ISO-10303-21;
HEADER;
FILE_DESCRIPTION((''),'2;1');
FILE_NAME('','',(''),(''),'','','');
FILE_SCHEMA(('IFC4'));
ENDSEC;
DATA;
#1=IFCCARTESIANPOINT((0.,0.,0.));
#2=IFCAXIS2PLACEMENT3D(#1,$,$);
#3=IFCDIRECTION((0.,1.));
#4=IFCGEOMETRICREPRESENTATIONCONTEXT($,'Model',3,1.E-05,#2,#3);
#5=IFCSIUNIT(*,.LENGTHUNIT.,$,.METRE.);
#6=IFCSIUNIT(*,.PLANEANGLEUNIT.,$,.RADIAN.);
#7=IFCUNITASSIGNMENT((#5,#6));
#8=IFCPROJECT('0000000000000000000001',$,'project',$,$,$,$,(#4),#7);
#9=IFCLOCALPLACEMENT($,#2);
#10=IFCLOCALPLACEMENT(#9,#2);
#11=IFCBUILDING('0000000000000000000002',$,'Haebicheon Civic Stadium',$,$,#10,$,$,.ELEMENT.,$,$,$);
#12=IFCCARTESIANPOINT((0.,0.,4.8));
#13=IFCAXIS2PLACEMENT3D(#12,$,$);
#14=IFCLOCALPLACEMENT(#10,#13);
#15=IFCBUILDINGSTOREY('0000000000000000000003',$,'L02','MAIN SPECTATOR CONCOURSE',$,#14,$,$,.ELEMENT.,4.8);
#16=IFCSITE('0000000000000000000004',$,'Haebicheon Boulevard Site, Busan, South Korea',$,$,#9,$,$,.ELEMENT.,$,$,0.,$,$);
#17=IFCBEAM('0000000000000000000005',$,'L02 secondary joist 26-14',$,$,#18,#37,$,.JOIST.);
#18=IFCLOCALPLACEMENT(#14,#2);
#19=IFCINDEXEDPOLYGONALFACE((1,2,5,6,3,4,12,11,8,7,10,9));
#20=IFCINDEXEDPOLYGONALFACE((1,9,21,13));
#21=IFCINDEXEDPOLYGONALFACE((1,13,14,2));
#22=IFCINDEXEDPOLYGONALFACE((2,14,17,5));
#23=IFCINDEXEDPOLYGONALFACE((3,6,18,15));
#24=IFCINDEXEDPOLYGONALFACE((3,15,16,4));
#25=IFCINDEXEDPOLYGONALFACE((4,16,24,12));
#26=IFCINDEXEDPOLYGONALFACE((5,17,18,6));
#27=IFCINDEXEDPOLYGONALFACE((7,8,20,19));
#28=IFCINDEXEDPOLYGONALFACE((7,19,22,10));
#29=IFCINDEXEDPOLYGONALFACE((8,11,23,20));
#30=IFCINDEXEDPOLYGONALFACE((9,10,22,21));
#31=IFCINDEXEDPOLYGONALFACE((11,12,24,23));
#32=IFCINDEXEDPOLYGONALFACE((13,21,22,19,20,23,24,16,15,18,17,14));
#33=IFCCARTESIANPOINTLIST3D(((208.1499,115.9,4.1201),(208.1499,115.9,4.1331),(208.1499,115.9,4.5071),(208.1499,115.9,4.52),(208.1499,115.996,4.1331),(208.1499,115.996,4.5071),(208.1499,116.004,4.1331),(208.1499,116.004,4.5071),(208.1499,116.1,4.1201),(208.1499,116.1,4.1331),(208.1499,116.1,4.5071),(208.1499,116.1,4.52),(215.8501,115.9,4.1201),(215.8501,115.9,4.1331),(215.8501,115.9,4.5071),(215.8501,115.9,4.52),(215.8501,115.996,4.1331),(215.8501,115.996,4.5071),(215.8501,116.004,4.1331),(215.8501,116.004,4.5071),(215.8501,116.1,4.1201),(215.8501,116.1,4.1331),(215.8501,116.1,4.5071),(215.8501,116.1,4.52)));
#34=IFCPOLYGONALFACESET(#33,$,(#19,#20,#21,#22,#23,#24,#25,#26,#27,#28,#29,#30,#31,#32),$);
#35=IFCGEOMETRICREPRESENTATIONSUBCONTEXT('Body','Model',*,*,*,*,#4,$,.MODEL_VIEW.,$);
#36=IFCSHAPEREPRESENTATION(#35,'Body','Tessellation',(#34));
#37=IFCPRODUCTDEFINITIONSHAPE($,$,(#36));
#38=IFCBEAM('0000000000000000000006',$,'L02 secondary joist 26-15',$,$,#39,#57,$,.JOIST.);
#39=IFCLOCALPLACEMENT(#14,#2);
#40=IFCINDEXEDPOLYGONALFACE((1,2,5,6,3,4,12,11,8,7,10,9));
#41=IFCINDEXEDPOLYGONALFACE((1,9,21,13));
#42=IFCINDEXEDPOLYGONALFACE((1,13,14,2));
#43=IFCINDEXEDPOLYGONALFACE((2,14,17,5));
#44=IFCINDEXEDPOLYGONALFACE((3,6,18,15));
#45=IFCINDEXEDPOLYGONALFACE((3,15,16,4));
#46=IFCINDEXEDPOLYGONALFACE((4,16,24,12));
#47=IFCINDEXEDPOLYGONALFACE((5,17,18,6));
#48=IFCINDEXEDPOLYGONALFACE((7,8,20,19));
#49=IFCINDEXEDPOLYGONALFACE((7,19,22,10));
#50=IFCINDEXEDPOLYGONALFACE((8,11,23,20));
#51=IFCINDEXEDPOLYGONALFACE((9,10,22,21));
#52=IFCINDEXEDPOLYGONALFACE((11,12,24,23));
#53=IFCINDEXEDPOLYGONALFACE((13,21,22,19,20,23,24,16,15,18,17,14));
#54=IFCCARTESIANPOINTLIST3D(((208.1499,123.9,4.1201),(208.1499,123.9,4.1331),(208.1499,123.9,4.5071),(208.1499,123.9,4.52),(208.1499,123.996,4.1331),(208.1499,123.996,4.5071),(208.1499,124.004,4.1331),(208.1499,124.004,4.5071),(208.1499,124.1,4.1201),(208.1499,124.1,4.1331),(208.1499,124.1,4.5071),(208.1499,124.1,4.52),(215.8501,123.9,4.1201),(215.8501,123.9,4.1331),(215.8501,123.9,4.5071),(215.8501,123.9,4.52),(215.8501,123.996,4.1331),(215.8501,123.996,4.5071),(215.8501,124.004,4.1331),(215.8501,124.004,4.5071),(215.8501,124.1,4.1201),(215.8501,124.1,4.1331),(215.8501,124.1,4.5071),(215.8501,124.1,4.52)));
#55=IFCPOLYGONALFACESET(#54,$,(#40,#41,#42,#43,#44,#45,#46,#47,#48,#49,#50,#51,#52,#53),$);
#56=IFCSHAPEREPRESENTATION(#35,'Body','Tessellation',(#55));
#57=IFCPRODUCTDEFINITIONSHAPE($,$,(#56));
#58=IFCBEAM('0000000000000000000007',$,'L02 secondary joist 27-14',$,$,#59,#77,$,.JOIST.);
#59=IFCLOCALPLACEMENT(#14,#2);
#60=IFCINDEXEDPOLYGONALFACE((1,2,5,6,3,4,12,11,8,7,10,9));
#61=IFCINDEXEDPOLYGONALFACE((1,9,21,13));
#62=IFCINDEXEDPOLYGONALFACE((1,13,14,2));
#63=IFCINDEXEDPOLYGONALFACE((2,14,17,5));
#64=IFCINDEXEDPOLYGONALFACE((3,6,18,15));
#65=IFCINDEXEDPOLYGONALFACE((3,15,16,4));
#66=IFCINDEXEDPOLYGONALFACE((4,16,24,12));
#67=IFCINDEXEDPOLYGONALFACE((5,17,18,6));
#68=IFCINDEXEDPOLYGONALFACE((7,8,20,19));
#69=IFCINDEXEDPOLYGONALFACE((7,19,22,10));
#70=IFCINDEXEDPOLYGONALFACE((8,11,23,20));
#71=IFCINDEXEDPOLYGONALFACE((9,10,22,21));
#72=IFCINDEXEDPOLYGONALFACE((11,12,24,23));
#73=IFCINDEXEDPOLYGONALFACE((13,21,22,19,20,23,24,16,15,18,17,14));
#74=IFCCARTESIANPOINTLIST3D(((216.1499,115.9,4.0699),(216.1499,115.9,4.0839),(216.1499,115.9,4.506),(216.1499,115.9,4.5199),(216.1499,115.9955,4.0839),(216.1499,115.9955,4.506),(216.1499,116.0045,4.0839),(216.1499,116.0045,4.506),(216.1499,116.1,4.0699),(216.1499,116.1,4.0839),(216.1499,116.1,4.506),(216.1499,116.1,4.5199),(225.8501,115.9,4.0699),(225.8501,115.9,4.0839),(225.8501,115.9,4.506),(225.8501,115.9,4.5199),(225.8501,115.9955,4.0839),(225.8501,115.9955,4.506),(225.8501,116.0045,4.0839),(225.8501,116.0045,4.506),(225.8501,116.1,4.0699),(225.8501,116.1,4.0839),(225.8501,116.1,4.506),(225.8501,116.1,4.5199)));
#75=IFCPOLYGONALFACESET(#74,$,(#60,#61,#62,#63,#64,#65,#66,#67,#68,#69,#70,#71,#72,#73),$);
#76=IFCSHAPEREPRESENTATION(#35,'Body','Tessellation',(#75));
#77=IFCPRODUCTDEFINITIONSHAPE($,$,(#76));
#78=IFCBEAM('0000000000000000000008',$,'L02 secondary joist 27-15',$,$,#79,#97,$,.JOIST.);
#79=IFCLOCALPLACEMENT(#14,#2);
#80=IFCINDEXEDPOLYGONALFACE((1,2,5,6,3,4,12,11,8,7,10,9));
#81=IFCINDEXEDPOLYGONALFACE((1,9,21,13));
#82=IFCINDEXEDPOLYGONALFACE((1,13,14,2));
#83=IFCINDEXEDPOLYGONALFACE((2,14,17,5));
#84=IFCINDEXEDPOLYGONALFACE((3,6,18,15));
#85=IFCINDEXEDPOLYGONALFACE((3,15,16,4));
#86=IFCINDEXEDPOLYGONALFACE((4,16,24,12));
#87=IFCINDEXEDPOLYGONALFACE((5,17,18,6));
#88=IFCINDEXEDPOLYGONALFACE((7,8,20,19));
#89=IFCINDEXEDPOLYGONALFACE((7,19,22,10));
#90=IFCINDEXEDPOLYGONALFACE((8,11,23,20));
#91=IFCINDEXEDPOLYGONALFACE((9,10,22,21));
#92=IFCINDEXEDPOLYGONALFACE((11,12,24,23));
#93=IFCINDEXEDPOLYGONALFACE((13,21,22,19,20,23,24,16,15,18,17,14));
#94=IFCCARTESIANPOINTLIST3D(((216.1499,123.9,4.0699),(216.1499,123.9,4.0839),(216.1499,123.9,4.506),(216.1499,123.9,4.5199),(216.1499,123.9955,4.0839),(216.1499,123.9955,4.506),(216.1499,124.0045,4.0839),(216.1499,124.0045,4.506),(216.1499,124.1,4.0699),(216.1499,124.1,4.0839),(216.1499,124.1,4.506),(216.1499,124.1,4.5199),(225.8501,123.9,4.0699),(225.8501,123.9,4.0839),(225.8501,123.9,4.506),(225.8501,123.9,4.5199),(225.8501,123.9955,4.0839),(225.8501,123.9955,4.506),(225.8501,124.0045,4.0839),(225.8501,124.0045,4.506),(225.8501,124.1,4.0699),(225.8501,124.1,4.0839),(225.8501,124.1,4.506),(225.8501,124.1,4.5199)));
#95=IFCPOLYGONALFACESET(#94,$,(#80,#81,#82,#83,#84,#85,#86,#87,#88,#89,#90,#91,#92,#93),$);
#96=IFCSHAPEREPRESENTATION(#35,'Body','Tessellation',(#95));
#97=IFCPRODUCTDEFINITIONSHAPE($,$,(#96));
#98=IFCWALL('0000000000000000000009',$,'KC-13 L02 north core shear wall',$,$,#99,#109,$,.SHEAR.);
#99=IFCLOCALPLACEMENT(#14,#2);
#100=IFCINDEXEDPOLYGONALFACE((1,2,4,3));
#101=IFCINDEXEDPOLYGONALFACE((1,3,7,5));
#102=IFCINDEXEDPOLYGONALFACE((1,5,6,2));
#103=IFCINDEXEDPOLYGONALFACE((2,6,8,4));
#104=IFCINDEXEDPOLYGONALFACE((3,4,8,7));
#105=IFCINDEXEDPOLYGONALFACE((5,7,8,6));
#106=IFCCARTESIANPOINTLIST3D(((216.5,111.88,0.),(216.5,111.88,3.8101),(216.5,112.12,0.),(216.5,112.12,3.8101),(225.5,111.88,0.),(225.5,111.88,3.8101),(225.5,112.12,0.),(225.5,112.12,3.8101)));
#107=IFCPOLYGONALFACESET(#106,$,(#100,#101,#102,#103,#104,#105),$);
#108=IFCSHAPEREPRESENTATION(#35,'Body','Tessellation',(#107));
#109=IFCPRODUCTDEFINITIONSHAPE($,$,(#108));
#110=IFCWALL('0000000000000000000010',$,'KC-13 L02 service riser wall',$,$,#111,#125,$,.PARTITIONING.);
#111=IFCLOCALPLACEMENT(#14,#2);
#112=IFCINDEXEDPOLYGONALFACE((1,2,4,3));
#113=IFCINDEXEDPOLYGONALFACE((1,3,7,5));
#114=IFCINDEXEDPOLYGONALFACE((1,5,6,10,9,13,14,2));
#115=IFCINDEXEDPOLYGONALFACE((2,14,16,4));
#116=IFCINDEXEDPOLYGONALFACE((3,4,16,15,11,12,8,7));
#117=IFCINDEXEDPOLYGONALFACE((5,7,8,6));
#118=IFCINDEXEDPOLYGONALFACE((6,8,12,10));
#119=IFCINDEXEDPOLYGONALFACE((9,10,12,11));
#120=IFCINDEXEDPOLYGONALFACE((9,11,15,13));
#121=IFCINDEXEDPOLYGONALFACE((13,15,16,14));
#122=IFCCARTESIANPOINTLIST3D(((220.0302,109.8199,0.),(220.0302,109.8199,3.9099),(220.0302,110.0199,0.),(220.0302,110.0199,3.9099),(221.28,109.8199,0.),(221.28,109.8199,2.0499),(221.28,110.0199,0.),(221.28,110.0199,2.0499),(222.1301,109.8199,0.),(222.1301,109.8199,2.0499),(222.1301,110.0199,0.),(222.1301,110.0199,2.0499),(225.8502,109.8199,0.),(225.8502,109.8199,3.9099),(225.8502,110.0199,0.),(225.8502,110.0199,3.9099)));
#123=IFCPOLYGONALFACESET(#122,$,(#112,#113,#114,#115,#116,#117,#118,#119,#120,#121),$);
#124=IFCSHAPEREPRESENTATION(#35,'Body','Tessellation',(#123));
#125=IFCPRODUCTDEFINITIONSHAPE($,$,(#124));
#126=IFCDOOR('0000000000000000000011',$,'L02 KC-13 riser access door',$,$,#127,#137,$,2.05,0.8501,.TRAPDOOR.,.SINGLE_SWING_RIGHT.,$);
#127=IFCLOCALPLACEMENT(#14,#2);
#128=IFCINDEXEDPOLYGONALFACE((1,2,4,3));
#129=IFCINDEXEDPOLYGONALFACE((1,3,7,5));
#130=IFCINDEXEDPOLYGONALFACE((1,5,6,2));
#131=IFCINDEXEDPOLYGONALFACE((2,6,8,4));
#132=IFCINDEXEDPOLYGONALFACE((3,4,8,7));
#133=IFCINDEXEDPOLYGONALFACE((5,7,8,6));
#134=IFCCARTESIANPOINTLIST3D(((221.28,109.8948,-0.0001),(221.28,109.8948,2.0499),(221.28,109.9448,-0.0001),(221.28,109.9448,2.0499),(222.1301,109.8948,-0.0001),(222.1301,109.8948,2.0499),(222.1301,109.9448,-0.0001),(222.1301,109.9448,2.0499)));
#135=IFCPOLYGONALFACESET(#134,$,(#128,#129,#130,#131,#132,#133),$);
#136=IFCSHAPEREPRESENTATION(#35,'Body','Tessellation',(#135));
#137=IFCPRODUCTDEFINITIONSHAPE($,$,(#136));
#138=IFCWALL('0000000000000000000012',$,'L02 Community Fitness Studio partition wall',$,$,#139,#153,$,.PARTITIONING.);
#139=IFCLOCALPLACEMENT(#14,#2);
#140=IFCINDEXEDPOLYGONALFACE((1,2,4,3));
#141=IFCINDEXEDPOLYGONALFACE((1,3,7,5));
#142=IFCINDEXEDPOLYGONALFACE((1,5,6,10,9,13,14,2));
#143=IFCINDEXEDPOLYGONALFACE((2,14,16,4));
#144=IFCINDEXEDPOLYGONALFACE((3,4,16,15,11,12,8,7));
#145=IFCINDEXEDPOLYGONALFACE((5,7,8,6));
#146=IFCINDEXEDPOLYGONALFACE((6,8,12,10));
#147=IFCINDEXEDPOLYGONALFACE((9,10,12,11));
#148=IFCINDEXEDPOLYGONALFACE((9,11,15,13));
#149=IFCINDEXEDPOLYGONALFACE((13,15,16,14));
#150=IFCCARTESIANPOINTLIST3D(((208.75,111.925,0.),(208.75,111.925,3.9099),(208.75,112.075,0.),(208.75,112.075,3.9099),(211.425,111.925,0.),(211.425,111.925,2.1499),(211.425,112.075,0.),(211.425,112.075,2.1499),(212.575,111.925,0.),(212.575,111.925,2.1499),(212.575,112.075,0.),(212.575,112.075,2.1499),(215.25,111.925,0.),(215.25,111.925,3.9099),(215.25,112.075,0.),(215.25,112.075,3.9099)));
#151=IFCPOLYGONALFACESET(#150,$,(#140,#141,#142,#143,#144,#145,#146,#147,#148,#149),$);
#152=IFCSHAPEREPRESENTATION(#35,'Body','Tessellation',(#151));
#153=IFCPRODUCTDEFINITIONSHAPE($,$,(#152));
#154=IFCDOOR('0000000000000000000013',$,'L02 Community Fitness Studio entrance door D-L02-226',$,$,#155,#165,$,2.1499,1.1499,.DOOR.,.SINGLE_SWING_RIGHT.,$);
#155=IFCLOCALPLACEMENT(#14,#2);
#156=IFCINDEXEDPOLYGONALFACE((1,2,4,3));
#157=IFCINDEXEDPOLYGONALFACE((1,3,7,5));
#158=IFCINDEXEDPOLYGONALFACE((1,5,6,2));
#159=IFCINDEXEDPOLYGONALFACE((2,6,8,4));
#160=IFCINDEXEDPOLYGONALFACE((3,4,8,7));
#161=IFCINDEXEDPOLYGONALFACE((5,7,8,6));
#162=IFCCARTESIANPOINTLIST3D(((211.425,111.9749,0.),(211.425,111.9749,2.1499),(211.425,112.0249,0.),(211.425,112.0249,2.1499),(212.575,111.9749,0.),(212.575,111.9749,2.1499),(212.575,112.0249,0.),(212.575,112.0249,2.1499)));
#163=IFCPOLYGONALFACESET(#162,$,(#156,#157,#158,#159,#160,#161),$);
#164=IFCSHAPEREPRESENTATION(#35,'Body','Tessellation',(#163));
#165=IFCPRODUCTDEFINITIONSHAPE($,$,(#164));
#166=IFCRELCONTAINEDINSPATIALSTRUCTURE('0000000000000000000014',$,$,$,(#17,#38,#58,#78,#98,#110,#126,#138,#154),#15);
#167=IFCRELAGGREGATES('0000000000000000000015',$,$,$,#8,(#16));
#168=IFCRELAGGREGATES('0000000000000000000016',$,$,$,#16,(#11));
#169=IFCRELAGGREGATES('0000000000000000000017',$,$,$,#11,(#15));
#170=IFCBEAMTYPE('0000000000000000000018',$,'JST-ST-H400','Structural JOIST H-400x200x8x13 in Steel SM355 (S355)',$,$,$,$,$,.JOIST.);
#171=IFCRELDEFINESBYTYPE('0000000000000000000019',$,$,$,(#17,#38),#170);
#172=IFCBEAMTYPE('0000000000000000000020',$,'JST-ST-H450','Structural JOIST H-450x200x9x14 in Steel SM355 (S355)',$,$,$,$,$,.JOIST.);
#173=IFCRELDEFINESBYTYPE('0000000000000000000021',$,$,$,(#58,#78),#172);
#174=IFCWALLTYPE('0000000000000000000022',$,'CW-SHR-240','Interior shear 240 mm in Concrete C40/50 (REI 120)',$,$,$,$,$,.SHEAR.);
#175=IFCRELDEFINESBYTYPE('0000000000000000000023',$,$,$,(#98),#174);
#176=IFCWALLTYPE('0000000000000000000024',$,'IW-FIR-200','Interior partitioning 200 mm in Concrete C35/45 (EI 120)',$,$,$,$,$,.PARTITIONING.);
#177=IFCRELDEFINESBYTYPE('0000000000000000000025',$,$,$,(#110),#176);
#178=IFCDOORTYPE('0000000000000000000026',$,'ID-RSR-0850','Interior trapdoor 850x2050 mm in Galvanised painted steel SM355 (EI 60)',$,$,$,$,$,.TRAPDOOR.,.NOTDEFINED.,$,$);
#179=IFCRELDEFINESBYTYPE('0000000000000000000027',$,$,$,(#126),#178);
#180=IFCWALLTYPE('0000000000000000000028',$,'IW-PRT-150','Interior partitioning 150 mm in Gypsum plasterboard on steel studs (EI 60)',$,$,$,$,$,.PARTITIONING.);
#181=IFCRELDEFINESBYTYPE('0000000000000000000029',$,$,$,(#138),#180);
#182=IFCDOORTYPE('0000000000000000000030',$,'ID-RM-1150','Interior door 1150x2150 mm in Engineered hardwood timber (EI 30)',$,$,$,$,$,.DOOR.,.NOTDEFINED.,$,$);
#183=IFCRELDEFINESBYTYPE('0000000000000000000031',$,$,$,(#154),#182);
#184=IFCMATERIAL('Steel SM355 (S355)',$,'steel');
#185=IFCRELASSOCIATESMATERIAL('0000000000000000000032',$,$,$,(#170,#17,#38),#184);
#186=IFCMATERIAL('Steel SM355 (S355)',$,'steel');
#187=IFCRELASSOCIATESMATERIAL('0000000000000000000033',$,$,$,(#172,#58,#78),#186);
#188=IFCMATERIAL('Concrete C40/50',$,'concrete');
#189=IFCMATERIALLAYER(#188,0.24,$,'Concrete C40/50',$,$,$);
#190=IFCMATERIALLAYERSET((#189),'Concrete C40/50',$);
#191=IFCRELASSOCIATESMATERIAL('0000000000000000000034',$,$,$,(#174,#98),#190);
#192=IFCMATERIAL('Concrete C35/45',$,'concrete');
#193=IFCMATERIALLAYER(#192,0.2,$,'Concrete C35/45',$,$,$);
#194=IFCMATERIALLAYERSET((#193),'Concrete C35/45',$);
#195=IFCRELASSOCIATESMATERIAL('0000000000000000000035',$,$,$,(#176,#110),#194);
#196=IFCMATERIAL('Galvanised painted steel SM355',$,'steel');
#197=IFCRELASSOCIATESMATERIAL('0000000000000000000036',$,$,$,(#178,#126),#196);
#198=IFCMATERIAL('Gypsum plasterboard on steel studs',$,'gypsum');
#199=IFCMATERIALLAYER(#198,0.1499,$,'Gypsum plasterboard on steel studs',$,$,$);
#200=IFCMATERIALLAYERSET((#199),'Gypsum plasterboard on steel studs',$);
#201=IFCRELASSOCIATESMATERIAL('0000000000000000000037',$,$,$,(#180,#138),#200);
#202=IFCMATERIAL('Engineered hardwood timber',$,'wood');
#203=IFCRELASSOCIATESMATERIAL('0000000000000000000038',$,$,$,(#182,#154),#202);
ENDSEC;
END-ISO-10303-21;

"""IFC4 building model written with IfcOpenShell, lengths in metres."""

from ifc_helpers import new_model, si_unit, direction, frame, frame_2d, origin, origin_2d, place, context, subcontext, project, spatial, rectangle, i_section, extrude, material, layer, layer_set, material_profile, profile_set, type_object, element, fill, save


model = new_model("IFC4")

# Units and contexts
model_context = context("Model", 3, precision=1e-05, world=origin(), true_north=direction((0.0, 1.0)))
body_context = subcontext(model_context, "Body", "Model", "MODEL_VIEW")
ifc_project = project(units=[si_unit("LENGTHUNIT", "METRE"), si_unit("PLANEANGLEUNIT", "RADIAN")], contexts=[model_context])

# Site, building, storey
site_placement = place(None, origin())
site = spatial("IfcSite", under=ifc_project, at=site_placement, Name="Haebicheon Boulevard Site, Busan, South Korea", CompositionType="ELEMENT", RefElevation=0.0)
building_placement = place(site_placement, origin())
building = spatial("IfcBuilding", under=site, at=building_placement, Name="Haebicheon Civic Stadium", CompositionType="ELEMENT")
storey_placement = place(building_placement, frame((0.0, 0.0, 4.8)))
storey = spatial("IfcBuildingStorey", under=building, at=storey_placement, Name="L02", Description="MAIN SPECTATOR CONCOURSE", CompositionType="ELEMENT", Elevation=4.8)

# Beams
ifc_material_1 = material(Name="Steel SM355 (S355)", Category="steel")
ifc_material_profile_1 = material_profile(ifc_material_1, i_section(OverallWidth=0.2, OverallDepth=0.3999, WebThickness=0.0081, FlangeThickness=0.0129, at=origin_2d()), Name="H-400x200x8x13")
ifc_profile_set_1 = profile_set([ifc_material_profile_1], Name="Steel SM355 (S355)")
beam_type_1 = type_object("IfcBeamType", Name="JST-ST-H400", Description="Structural JOIST H-400x200x8x13 in Steel SM355 (S355)", PredefinedType="JOIST", material=ifc_profile_set_1)
for number, where, z_axis, x_axis, name in (
    (1, (208.1499, 116.0, 4.3201), (1.0, 0.0, 0.0), (0.0, 1.0, 0.0), "L02 secondary joist 26-14"),
    (2, (208.1499, 124.0, 4.3201), (1.0, 0.0, 0.0), (0.0, 1.0, 0.0), "L02 secondary joist 26-15"),
):
    element("IfcBeam", number, at=place(storey_placement, frame(where, z_axis=z_axis, x_axis=x_axis)), inside=storey, type_object=beam_type_1, material=ifc_profile_set_1, Name=name, PredefinedType="JOIST", context=body_context, shape_type="SweptSolid", body=[
        extrude(i_section(OverallWidth=0.2, OverallDepth=0.3999, WebThickness=0.0081, FlangeThickness=0.0129, at=origin_2d()), origin(), (0.0, 0.0, 1.0), 7.7002),
    ])
ifc_material_2 = material(Name="Steel SM355 (S355)", Category="steel")
ifc_material_profile_2 = material_profile(ifc_material_2, i_section(OverallWidth=0.2, OverallDepth=0.45, WebThickness=0.009, FlangeThickness=0.0139, at=origin_2d()), Name="H-450x200x9x14")
ifc_profile_set_2 = profile_set([ifc_material_profile_2], Name="Steel SM355 (S355)")
beam_type_2 = type_object("IfcBeamType", Name="JST-ST-H450", Description="Structural JOIST H-450x200x9x14 in Steel SM355 (S355)", PredefinedType="JOIST", material=ifc_profile_set_2)
for number, where, z_axis, x_axis, name in (
    (3, (216.1499, 116.0, 4.2949), (1.0, 0.0, 0.0), (0.0, 1.0, 0.0), "L02 secondary joist 27-14"),
    (4, (216.1499, 124.0, 4.2949), (1.0, 0.0, 0.0), (0.0, 1.0, 0.0), "L02 secondary joist 27-15"),
):
    element("IfcBeam", number, at=place(storey_placement, frame(where, z_axis=z_axis, x_axis=x_axis)), inside=storey, type_object=beam_type_2, material=ifc_profile_set_2, Name=name, PredefinedType="JOIST", context=body_context, shape_type="SweptSolid", body=[
        extrude(i_section(OverallWidth=0.2, OverallDepth=0.45, WebThickness=0.009, FlangeThickness=0.0139, at=origin_2d()), origin(), (0.0, 0.0, 1.0), 9.7002),
    ])

# Wall
ifc_material_3 = material(Name="Concrete C40/50", Category="concrete")
ifc_layer_1 = layer(ifc_material_3, 0.24, Name="Concrete C40/50")
ifc_layer_set_1 = layer_set([ifc_layer_1], Name="Concrete C40/50")
wall_type_1 = type_object("IfcWallType", Name="CW-SHR-240", Description="Interior shear 240 mm in Concrete C40/50 (REI 120)", PredefinedType="SHEAR", material=ifc_layer_set_1)
wall_1_placement = place(storey_placement, frame((216.5, 112.0, 0.0), z_axis=(0.0, 0.0, 1.0), x_axis=(1.0, 0.0, 0.0)))
element("IfcWall", 5, at=wall_1_placement, inside=storey, type_object=wall_type_1, material=ifc_layer_set_1, Name="KC-13 L02 north core shear wall", PredefinedType="SHEAR", context=body_context, shape_type="SweptSolid", body=[
    extrude(rectangle(XDim=9.0, YDim=0.24, at=frame_2d((4.5, 0.0))), origin(), (0.0, 0.0, 1.0), 3.8101),
])

# Walls, openings, doors
ifc_material_4 = material(Name="Concrete C35/45", Category="concrete")
ifc_layer_2 = layer(ifc_material_4, 0.2, Name="Concrete C35/45")
ifc_layer_set_2 = layer_set([ifc_layer_2], Name="Concrete C35/45")
wall_type_2 = type_object("IfcWallType", Name="IW-FIR-200", Description="Interior partitioning 200 mm in Concrete C35/45 (EI 120)", PredefinedType="PARTITIONING", material=ifc_layer_set_2)
wall_2_placement = place(storey_placement, frame((220.03, 109.9199, 0.0), z_axis=(0.0, 0.0, 1.0), x_axis=(1.0, 0.0, 0.0)))
wall_2 = element("IfcWall", 6, at=wall_2_placement, inside=storey, type_object=wall_type_2, material=ifc_layer_set_2, Name="KC-13 L02 service riser wall", PredefinedType="PARTITIONING", context=body_context, shape_type="SweptSolid", body=[
    extrude(rectangle(XDim=5.8201, YDim=0.2, at=frame_2d((2.9102, 0.0))), origin(), (0.0, 0.0, 1.0), 3.9099),
])
opening_1_placement = place(wall_2_placement, frame((1.25, 0.0, 0.0)))
opening_1 = element("IfcOpeningElement", 7, at=opening_1_placement, cuts=wall_2, PredefinedType="OPENING", context=body_context, shape_type="SweptSolid", body=[
    extrude(rectangle(XDim=0.8501, YDim=2.05, at=frame_2d((0.425, 1.0249))), frame((0.0, 0.1099, 0.0), z_axis=(0.0, -1.0, 0.0), x_axis=(1.0, 0.0, 0.0)), (0.0, 0.0, 1.0), 0.22),
])
ifc_material_5 = material(Name="Galvanised painted steel SM355", Category="steel")
door_type_1 = type_object("IfcDoorType", Name="ID-RSR-0850", Description="Interior trapdoor 850x2050 mm in Galvanised painted steel SM355 (EI 60)", OperationType="NOTDEFINED", PredefinedType="TRAPDOOR", material=ifc_material_5)
door_1_placement = place(opening_1_placement, origin())
door_1 = element("IfcDoor", 8, at=door_1_placement, inside=storey, type_object=door_type_1, material=ifc_material_5, Name="L02 KC-13 riser access door", OperationType="SINGLE_SWING_RIGHT", OverallHeight=2.05, OverallWidth=0.8501, PredefinedType="TRAPDOOR", context=body_context, shape_type="SweptSolid", body=[
    extrude(rectangle(XDim=0.8501, YDim=2.05, at=frame_2d((0.425, 1.0249))), frame((0.0, 0.0249, 0.0), z_axis=(0.0, -1.0, 0.0), x_axis=(1.0, 0.0, 0.0)), (0.0, 0.0, 1.0), 0.05),
])
fill(opening_1, door_1)
ifc_material_6 = material(Name="Gypsum plasterboard on steel studs", Category="gypsum")
ifc_layer_3 = layer(ifc_material_6, 0.1499, Name="Gypsum plasterboard on steel studs")
ifc_layer_set_3 = layer_set([ifc_layer_3], Name="Gypsum plasterboard on steel studs")
wall_type_3 = type_object("IfcWallType", Name="IW-PRT-150", Description="Interior partitioning 150 mm in Gypsum plasterboard on steel studs (EI 60)", PredefinedType="PARTITIONING", material=ifc_layer_set_3)
wall_3_placement = place(storey_placement, frame((208.75, 112.0, 0.0), z_axis=(0.0, 0.0, 1.0), x_axis=(1.0, 0.0, 0.0)))
wall_3 = element("IfcWall", 9, at=wall_3_placement, inside=storey, type_object=wall_type_3, material=ifc_layer_set_3, Name="L02 Community Fitness Studio partition wall", PredefinedType="PARTITIONING", context=body_context, shape_type="SweptSolid", body=[
    extrude(rectangle(XDim=6.5, YDim=0.1499, at=frame_2d((3.25, 0.0))), origin(), (0.0, 0.0, 1.0), 3.9099),
])
opening_2_placement = place(wall_3_placement, frame((2.675, 0.0, 0.0)))
opening_2 = element("IfcOpeningElement", 10, at=opening_2_placement, cuts=wall_3, PredefinedType="OPENING", context=body_context, shape_type="SweptSolid", body=[
    extrude(rectangle(XDim=1.1499, YDim=2.1499, at=frame_2d((0.575, 1.075))), frame((0.0, 0.085, 0.0), z_axis=(0.0, -1.0, 0.0), x_axis=(1.0, 0.0, 0.0)), (0.0, 0.0, 1.0), 0.1699),
])
ifc_material_7 = material(Name="Engineered hardwood timber", Category="wood")
door_type_2 = type_object("IfcDoorType", Name="ID-RM-1150", Description="Interior door 1150x2150 mm in Engineered hardwood timber (EI 30)", OperationType="NOTDEFINED", PredefinedType="DOOR", material=ifc_material_7)
door_2_placement = place(opening_2_placement, origin())
door_2 = element("IfcDoor", 11, at=door_2_placement, inside=storey, type_object=door_type_2, material=ifc_material_7, Name="L02 Community Fitness Studio entrance door D-L02-226", OperationType="SINGLE_SWING_RIGHT", OverallHeight=2.1499, OverallWidth=1.1499, PredefinedType="DOOR", context=body_context, shape_type="SweptSolid", body=[
    extrude(rectangle(XDim=1.1499, YDim=2.1499, at=frame_2d((0.575, 1.075))), frame((0.0, 0.0249, 0.0), z_axis=(0.0, -1.0, 0.0), x_axis=(1.0, 0.0, 0.0)), (0.0, 0.0, 1.0), 0.05),
])
fill(opening_2, door_2)

save(model, "model.ifc")
